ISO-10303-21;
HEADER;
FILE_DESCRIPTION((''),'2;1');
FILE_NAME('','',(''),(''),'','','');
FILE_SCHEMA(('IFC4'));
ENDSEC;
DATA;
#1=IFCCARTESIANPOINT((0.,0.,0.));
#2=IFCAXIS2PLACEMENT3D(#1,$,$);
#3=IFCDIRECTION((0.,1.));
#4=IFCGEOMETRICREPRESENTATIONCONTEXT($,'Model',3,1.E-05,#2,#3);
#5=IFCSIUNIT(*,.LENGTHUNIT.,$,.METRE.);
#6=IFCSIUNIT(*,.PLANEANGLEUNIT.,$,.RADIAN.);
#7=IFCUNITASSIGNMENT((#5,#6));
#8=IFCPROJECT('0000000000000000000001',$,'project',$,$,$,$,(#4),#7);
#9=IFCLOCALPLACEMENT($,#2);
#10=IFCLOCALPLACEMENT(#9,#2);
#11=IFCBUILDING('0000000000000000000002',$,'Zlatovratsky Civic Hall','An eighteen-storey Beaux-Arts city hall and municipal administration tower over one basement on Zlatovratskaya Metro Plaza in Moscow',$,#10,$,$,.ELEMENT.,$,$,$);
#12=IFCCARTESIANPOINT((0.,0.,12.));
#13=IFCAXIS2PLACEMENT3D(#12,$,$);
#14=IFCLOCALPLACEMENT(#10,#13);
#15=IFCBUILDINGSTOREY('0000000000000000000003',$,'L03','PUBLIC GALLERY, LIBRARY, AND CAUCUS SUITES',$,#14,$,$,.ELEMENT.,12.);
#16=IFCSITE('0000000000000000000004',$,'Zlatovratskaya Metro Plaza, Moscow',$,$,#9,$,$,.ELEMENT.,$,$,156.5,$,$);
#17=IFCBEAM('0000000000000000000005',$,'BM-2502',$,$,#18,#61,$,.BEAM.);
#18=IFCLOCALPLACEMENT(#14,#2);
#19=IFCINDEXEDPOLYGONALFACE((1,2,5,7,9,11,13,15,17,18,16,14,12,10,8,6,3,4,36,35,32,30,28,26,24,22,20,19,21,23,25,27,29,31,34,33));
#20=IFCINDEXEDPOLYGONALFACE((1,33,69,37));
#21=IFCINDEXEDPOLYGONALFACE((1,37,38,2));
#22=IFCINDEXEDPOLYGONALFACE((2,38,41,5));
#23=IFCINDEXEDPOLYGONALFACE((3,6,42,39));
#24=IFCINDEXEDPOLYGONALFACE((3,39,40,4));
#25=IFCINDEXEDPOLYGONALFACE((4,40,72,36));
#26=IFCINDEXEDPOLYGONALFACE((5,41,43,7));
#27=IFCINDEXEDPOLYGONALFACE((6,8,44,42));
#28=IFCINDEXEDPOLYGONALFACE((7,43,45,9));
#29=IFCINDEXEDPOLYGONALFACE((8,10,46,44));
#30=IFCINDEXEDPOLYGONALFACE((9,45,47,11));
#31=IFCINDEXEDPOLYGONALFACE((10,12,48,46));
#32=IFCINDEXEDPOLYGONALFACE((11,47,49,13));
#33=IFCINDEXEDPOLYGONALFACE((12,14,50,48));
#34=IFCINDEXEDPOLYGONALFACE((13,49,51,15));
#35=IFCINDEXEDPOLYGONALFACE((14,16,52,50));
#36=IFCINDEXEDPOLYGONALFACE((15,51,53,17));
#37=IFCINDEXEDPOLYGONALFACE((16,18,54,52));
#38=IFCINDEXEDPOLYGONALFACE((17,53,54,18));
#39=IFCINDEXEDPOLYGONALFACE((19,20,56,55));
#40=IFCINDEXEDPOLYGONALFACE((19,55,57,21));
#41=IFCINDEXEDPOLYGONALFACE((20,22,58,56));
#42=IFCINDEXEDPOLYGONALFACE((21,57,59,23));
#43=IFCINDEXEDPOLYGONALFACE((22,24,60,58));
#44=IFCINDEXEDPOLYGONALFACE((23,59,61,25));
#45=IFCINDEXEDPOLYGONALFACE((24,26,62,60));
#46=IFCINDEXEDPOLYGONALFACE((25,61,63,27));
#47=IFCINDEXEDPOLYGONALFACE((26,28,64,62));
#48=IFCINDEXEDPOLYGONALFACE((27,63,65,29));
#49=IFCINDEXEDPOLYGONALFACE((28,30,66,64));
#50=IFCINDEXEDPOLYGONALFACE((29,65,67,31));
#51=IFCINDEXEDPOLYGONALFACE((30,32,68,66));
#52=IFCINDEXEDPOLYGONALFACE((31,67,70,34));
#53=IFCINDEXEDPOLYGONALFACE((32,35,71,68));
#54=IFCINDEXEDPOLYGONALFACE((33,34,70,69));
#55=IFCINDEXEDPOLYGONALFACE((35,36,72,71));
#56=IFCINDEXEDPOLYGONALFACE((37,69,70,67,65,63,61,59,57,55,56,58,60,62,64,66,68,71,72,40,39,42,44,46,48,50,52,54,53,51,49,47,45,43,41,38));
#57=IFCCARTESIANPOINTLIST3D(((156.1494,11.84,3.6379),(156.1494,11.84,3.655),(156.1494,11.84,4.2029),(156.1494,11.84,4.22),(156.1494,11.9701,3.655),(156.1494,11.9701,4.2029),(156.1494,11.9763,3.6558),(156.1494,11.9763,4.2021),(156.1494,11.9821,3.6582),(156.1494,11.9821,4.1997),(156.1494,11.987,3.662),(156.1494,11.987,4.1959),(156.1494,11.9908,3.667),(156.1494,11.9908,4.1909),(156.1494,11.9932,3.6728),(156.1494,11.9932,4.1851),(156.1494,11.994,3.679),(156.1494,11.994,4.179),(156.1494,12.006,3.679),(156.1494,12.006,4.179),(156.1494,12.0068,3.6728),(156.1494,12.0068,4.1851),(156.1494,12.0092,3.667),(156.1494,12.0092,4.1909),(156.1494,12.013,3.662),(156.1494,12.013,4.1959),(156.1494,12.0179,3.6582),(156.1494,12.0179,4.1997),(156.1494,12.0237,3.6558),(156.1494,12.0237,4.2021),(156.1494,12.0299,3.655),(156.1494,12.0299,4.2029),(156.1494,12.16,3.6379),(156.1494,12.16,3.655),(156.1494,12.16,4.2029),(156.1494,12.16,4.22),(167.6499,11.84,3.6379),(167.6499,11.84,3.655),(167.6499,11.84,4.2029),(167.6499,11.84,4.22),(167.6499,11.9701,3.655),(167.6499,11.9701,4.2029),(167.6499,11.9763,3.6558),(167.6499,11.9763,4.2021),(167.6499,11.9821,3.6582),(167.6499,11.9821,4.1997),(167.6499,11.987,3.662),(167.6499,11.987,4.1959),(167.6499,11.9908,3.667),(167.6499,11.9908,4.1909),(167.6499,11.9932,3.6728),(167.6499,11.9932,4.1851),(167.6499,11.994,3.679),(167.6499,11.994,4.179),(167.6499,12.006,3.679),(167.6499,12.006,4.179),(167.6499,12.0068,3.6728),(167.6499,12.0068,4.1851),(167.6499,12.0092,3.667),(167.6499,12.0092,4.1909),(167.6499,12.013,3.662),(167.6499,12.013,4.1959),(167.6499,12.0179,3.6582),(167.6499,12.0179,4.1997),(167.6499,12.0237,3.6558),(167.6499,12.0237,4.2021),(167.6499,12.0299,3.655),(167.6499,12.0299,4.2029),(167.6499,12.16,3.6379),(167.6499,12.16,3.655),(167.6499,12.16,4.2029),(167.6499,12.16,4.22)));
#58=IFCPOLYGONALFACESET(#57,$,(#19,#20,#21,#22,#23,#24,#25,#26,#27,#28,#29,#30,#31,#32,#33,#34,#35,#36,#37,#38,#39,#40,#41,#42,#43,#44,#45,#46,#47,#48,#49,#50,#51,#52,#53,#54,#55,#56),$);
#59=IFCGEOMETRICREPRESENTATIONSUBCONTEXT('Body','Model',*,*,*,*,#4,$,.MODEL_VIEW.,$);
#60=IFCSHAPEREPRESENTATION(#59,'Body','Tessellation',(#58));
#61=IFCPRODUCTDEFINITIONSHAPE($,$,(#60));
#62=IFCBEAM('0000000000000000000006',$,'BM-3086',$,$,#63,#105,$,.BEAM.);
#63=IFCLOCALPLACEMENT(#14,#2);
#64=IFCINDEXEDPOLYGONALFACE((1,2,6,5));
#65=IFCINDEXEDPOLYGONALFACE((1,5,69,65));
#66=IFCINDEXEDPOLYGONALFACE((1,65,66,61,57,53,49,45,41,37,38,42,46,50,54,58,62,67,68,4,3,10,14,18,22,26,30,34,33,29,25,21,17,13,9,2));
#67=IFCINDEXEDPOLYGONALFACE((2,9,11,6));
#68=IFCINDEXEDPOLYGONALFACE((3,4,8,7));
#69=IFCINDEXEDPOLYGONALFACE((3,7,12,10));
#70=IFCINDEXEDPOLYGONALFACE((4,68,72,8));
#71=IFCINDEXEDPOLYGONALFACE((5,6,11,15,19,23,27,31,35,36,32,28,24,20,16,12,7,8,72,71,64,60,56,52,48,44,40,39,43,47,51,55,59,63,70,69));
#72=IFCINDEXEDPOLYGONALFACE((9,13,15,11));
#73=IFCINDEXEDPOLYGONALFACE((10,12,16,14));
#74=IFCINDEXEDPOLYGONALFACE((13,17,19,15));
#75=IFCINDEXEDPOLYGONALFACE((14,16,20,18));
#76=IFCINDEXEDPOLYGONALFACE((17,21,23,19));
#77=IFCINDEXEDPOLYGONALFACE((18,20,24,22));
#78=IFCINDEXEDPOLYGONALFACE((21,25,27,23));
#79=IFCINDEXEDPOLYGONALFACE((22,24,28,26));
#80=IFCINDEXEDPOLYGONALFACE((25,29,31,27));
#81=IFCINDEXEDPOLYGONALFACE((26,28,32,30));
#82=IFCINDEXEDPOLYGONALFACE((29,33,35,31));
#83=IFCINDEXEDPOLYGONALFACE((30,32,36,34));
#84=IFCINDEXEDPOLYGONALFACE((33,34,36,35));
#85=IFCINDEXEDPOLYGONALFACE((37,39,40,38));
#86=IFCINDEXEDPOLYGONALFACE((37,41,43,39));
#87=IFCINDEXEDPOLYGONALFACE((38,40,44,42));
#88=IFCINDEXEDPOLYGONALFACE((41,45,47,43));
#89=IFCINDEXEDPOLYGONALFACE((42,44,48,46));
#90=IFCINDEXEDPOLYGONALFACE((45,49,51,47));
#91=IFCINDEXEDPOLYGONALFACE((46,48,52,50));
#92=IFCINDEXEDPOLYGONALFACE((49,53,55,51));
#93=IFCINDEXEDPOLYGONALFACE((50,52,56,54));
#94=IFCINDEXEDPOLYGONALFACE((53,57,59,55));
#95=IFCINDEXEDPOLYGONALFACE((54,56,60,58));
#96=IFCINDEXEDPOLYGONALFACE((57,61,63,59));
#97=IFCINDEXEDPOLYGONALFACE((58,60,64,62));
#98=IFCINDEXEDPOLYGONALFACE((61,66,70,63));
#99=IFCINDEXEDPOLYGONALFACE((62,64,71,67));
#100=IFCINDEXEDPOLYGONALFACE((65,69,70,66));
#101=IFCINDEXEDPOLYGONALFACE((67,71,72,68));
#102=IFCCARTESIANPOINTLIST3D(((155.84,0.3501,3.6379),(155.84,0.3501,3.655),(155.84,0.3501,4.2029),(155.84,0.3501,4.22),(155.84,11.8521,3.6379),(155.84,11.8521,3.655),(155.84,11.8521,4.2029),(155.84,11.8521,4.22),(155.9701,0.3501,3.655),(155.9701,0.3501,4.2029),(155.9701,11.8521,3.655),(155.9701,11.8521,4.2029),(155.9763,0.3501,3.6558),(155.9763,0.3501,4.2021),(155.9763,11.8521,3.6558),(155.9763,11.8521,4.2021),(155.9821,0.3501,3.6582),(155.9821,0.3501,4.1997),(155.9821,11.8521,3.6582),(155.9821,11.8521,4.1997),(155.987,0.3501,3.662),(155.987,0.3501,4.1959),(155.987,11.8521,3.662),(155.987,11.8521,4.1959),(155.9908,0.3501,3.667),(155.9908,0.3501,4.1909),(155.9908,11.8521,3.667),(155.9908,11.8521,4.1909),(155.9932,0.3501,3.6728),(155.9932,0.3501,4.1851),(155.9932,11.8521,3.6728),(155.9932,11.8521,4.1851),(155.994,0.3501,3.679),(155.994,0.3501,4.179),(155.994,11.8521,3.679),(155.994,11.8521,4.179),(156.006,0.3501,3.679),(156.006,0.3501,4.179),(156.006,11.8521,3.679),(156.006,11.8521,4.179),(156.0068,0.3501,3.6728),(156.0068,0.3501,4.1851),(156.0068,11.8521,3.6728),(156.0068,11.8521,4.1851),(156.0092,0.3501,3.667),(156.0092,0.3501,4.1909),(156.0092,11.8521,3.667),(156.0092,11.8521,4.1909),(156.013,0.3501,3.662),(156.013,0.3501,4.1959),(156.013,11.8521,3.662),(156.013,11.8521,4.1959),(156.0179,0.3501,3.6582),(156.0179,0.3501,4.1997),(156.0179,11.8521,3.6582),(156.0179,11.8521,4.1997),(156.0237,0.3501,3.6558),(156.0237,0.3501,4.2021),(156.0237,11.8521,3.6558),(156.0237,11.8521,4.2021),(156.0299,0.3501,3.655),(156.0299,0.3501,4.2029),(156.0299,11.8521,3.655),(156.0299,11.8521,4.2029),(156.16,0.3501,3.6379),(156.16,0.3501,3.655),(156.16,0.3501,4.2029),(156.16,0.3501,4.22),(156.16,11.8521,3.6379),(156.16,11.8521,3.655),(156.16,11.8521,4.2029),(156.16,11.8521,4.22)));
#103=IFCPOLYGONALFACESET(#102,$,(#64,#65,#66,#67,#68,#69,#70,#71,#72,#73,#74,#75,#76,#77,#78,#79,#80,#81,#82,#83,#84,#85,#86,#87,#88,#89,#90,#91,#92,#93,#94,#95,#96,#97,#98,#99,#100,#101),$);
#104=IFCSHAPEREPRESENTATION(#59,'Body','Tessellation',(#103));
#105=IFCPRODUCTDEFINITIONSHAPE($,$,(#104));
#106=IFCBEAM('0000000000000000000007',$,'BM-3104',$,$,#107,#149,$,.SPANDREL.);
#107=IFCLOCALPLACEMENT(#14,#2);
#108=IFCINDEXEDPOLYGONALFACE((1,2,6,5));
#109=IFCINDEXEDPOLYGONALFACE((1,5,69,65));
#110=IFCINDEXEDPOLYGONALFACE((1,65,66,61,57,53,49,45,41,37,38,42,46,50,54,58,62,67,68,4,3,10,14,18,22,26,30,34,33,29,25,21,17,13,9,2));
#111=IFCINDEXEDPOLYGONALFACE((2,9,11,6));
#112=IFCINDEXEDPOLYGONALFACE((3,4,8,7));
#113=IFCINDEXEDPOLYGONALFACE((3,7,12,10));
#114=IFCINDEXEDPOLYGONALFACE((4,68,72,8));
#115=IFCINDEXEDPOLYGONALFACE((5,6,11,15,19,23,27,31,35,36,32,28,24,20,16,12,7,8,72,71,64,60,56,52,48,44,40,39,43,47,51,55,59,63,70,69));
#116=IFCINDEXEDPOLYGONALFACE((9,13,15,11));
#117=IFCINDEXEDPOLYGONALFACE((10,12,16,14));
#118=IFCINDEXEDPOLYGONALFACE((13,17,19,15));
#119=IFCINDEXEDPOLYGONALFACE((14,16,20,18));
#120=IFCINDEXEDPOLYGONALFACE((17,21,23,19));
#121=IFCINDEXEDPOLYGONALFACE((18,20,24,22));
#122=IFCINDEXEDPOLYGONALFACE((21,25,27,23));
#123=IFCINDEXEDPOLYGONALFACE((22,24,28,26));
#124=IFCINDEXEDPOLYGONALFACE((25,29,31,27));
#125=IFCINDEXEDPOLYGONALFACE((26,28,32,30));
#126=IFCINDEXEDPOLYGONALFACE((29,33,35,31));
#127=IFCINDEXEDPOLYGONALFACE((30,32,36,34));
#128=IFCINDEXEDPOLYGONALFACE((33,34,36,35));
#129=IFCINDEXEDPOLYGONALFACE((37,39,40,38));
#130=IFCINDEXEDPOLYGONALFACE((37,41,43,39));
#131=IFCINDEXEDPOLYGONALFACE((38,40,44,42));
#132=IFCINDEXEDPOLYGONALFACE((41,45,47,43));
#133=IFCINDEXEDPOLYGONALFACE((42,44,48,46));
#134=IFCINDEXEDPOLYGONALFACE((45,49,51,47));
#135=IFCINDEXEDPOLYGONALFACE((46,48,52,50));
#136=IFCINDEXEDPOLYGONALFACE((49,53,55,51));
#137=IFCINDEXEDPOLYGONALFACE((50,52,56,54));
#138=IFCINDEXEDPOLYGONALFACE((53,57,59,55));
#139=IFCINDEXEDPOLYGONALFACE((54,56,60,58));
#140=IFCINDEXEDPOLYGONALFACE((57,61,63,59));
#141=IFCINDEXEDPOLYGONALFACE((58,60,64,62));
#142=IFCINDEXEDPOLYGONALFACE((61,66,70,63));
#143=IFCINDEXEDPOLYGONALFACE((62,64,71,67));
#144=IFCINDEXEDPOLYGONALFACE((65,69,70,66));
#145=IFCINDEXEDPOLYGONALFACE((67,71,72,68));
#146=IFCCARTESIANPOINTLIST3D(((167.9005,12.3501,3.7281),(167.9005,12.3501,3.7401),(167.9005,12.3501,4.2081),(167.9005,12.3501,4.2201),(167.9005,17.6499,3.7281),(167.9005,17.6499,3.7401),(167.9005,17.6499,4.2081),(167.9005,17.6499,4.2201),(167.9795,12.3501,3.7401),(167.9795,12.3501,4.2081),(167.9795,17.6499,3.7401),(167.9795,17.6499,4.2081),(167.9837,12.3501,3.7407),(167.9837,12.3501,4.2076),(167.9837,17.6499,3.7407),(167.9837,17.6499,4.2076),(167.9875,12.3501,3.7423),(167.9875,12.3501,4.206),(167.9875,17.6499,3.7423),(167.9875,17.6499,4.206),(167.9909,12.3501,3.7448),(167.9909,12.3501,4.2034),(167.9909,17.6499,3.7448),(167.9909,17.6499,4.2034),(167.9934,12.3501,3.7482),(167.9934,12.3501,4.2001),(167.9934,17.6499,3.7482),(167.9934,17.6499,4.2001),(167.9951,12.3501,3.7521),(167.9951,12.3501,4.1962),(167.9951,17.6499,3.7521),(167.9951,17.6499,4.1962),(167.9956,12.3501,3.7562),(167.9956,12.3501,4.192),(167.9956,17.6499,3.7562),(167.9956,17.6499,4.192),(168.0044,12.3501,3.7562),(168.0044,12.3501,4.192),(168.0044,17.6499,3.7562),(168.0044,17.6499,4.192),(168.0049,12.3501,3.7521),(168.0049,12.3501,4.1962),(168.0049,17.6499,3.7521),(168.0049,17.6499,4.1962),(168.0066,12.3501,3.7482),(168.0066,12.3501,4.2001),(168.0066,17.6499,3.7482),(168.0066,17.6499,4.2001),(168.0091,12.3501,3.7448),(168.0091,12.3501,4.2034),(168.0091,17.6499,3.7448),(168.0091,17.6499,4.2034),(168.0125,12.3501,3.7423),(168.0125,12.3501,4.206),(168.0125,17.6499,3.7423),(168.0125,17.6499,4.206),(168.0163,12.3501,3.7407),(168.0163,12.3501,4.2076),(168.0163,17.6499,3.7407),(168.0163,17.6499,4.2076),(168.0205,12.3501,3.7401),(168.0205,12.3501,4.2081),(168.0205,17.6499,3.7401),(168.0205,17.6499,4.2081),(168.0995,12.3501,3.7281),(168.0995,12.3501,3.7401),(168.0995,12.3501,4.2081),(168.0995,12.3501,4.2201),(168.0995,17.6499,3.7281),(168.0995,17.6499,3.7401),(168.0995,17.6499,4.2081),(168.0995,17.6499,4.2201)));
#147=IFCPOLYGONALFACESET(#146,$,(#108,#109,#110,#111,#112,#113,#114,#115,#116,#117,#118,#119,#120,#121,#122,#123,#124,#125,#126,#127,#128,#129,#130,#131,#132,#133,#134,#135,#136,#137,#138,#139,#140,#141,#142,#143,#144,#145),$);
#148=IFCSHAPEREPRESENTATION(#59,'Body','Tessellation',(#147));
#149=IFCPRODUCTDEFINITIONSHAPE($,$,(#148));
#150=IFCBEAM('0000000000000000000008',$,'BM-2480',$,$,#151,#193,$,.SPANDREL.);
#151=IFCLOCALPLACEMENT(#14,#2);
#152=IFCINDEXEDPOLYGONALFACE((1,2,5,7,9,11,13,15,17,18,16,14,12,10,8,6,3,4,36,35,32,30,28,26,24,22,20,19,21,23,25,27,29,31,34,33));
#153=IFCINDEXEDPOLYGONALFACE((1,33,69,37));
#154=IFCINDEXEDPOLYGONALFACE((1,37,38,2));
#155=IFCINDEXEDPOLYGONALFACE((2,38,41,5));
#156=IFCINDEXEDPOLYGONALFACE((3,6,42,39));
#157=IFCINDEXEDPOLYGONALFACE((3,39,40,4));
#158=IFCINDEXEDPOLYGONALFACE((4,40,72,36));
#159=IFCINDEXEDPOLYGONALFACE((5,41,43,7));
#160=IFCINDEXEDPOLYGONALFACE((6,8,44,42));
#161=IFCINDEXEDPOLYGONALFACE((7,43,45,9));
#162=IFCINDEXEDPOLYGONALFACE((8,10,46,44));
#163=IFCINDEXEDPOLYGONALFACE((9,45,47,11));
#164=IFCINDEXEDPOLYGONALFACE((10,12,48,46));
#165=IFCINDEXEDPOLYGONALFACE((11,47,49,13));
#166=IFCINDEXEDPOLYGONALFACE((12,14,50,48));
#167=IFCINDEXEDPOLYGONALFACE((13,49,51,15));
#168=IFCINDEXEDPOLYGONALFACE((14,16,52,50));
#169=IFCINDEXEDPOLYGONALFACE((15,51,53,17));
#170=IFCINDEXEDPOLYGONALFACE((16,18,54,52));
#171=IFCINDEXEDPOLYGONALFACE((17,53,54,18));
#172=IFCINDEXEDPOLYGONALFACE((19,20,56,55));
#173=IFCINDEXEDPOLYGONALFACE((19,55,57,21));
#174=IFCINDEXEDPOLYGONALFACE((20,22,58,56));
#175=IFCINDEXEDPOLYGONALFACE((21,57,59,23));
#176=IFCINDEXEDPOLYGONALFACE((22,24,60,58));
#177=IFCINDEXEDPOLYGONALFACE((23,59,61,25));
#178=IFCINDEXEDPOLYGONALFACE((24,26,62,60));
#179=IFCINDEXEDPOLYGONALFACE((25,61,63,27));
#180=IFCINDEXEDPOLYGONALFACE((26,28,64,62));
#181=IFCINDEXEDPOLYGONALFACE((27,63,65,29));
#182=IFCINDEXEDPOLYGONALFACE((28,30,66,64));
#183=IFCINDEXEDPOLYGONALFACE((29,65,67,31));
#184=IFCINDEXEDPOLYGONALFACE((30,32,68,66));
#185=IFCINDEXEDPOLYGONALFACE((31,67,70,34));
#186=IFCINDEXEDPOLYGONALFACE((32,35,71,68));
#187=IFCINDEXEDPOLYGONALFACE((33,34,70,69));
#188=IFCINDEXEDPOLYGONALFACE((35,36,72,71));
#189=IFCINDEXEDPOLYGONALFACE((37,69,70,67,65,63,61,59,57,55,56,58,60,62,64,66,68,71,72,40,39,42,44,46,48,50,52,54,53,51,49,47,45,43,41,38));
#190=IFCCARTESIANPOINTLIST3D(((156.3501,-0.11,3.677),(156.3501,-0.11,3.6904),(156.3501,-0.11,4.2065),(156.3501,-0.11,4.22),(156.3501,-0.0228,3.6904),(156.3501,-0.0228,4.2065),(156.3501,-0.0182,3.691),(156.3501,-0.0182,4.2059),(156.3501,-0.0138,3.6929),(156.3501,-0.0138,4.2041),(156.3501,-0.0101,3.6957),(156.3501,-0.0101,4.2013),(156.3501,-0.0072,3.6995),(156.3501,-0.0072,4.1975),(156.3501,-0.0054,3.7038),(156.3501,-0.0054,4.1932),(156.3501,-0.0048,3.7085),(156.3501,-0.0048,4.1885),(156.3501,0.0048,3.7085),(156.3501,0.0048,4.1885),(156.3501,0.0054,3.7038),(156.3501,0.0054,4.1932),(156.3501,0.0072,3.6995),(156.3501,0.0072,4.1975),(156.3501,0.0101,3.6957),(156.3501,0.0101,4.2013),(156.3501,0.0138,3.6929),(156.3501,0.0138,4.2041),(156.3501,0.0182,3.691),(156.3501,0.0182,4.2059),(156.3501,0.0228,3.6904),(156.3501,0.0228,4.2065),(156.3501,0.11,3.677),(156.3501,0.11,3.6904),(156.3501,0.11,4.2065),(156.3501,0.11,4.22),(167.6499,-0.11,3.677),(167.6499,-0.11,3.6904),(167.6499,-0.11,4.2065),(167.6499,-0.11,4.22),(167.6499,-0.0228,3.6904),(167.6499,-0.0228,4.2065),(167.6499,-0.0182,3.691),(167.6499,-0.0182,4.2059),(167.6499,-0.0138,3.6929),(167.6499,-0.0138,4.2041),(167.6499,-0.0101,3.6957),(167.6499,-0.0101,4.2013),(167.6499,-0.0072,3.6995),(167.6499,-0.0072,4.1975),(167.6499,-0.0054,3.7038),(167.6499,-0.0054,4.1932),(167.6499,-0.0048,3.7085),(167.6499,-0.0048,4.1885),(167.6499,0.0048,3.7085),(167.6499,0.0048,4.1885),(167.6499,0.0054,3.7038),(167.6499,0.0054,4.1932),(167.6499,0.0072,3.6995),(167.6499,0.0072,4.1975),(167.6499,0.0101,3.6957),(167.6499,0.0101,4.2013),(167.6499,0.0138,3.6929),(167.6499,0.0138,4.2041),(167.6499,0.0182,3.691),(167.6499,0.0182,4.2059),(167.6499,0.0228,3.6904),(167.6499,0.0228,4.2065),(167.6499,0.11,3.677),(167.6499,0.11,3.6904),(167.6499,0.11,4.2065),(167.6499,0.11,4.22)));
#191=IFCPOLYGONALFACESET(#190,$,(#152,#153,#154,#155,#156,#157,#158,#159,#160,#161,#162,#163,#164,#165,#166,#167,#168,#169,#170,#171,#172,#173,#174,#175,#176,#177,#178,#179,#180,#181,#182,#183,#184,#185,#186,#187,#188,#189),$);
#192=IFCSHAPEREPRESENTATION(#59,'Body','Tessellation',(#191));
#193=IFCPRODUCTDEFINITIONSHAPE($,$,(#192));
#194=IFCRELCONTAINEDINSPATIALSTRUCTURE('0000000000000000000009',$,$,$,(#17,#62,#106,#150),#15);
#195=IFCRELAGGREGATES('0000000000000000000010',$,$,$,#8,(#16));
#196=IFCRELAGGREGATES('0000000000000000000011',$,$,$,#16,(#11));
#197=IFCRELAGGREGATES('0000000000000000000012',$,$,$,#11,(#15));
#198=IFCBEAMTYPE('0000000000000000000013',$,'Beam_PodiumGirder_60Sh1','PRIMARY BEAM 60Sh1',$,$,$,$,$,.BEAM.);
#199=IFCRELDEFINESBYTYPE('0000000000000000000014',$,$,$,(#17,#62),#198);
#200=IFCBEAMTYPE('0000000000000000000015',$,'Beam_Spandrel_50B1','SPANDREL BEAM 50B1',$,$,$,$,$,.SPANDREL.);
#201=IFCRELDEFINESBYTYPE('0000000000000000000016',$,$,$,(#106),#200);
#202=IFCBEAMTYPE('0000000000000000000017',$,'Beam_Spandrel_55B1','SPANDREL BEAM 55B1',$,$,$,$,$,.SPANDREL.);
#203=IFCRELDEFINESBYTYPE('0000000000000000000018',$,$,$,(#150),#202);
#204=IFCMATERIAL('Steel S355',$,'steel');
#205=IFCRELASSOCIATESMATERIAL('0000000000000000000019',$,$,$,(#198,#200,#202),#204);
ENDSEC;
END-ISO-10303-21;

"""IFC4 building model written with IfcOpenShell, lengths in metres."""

from ifc_helpers import new_model, si_unit, direction, frame, origin, origin_2d, place, context, subcontext, project, spatial, i_section, extrude, material, material_profile, profile_set, type_object, element, save


model = new_model("IFC4")

# Units and contexts
model_context = context("Model", 3, precision=1e-05, world=origin(), true_north=direction((0.0, 1.0)))
body_context = subcontext(model_context, "Body", "Model", "MODEL_VIEW")
ifc_project = project(units=[si_unit("LENGTHUNIT", "METRE"), si_unit("PLANEANGLEUNIT", "RADIAN")], contexts=[model_context])

# Site, building, storey
site_placement = place(None, origin())
site = spatial("IfcSite", under=ifc_project, at=site_placement, Name="Zlatovratskaya Metro Plaza, Moscow", CompositionType="ELEMENT", RefElevation=156.5)
building_placement = place(site_placement, origin())
building = spatial("IfcBuilding", under=site, at=building_placement, Name="Zlatovratsky Civic Hall", Description="An eighteen-storey Beaux-Arts city hall and municipal administration tower over one basement on Zlatovratskaya Metro Plaza in Moscow", CompositionType="ELEMENT")
storey_placement = place(building_placement, frame((0.0, 0.0, 12.0)))
storey = spatial("IfcBuildingStorey", under=building, at=storey_placement, Name="L03", Description="PUBLIC GALLERY, LIBRARY, AND CAUCUS SUITES", CompositionType="ELEMENT", Elevation=12.0)

# Shared definitions
ifc_material_1 = material(Name="Steel S355", Category="steel")

# Beams
ifc_material_profile_1 = material_profile(ifc_material_1, i_section(OverallWidth=0.3201, OverallDepth=0.582, WebThickness=0.012, FlangeThickness=0.0171, FilletRadius=0.0239, at=origin_2d()), Name="60Sh1")
ifc_profile_set_1 = profile_set([ifc_material_profile_1], Name="Steel S355")
beam_type_1 = type_object("IfcBeamType", Name="Beam_PodiumGirder_60Sh1", Description="PRIMARY BEAM 60Sh1", PredefinedType="BEAM", material=ifc_profile_set_1)
beam_1_placement = place(storey_placement, frame((156.1494, 12.0, 3.929), z_axis=(1.0, 0.0, 0.0), x_axis=(0.0, 1.0, 0.0)))
element("IfcBeam", 1, at=beam_1_placement, inside=storey, type_object=beam_type_1, Name="BM-2502", PredefinedType="BEAM", context=body_context, shape_type="SweptSolid", body=[
    extrude(i_section(OverallWidth=0.3201, OverallDepth=0.582, WebThickness=0.012, FlangeThickness=0.0171, FilletRadius=0.0239, at=origin_2d()), origin(), (0.0, 0.0, 1.0), 11.5005),
])
beam_2_placement = place(storey_placement, frame((156.0, 0.3501, 3.929), z_axis=(0.0, 1.0, 0.0), x_axis=(-1.0, 0.0, 0.0)))
element("IfcBeam", 2, at=beam_2_placement, inside=storey, type_object=beam_type_1, Name="BM-3086", PredefinedType="BEAM", context=body_context, shape_type="SweptSolid", body=[
    extrude(i_section(OverallWidth=0.3201, OverallDepth=0.582, WebThickness=0.012, FlangeThickness=0.0171, FilletRadius=0.0239, at=origin_2d()), origin(), (0.0, 0.0, 1.0), 11.502),
])
ifc_material_profile_2 = material_profile(ifc_material_1, i_section(OverallWidth=0.199, OverallDepth=0.4919, WebThickness=0.0088, FlangeThickness=0.012, FilletRadius=0.0161, at=origin_2d()), Name="50B1")
ifc_profile_set_2 = profile_set([ifc_material_profile_2], Name="Steel S355")
beam_type_2 = type_object("IfcBeamType", Name="Beam_Spandrel_50B1", Description="SPANDREL BEAM 50B1", PredefinedType="SPANDREL", material=ifc_profile_set_2)
beam_3_placement = place(storey_placement, frame((168.0, 12.3501, 3.9741), z_axis=(0.0, 1.0, 0.0), x_axis=(-1.0, 0.0, 0.0)))
element("IfcBeam", 3, at=beam_3_placement, inside=storey, type_object=beam_type_2, Name="BM-3104", PredefinedType="SPANDREL", context=body_context, shape_type="SweptSolid", body=[
    extrude(i_section(OverallWidth=0.199, OverallDepth=0.4919, WebThickness=0.0088, FlangeThickness=0.012, FilletRadius=0.0161, at=origin_2d()), origin(), (0.0, 0.0, 1.0), 5.2998),
])
ifc_material_profile_3 = material_profile(ifc_material_1, i_section(OverallWidth=0.22, OverallDepth=0.543, WebThickness=0.0095, FlangeThickness=0.0134, FilletRadius=0.0181, at=origin_2d()), Name="55B1")
ifc_profile_set_3 = profile_set([ifc_material_profile_3], Name="Steel S355")
beam_type_3 = type_object("IfcBeamType", Name="Beam_Spandrel_55B1", Description="SPANDREL BEAM 55B1", PredefinedType="SPANDREL", material=ifc_profile_set_3)
for number, where, z_axis, x_axis, name in (
    (4, (156.3501, 0.0, 3.9485), (1.0, 0.0, 0.0), (0.0, 1.0, 0.0), "BM-2480"),
):
    element("IfcBeam", number, at=place(storey_placement, frame(where, z_axis=z_axis, x_axis=x_axis)), inside=storey, type_object=beam_type_3, Name=name, PredefinedType="SPANDREL", context=body_context, shape_type="SweptSolid", body=[
        extrude(i_section(OverallWidth=0.22, OverallDepth=0.543, WebThickness=0.0095, FlangeThickness=0.0134, FilletRadius=0.0181, at=origin_2d()), origin(), (0.0, 0.0, 1.0), 11.2998),
    ])

save(model, "model.ifc")
